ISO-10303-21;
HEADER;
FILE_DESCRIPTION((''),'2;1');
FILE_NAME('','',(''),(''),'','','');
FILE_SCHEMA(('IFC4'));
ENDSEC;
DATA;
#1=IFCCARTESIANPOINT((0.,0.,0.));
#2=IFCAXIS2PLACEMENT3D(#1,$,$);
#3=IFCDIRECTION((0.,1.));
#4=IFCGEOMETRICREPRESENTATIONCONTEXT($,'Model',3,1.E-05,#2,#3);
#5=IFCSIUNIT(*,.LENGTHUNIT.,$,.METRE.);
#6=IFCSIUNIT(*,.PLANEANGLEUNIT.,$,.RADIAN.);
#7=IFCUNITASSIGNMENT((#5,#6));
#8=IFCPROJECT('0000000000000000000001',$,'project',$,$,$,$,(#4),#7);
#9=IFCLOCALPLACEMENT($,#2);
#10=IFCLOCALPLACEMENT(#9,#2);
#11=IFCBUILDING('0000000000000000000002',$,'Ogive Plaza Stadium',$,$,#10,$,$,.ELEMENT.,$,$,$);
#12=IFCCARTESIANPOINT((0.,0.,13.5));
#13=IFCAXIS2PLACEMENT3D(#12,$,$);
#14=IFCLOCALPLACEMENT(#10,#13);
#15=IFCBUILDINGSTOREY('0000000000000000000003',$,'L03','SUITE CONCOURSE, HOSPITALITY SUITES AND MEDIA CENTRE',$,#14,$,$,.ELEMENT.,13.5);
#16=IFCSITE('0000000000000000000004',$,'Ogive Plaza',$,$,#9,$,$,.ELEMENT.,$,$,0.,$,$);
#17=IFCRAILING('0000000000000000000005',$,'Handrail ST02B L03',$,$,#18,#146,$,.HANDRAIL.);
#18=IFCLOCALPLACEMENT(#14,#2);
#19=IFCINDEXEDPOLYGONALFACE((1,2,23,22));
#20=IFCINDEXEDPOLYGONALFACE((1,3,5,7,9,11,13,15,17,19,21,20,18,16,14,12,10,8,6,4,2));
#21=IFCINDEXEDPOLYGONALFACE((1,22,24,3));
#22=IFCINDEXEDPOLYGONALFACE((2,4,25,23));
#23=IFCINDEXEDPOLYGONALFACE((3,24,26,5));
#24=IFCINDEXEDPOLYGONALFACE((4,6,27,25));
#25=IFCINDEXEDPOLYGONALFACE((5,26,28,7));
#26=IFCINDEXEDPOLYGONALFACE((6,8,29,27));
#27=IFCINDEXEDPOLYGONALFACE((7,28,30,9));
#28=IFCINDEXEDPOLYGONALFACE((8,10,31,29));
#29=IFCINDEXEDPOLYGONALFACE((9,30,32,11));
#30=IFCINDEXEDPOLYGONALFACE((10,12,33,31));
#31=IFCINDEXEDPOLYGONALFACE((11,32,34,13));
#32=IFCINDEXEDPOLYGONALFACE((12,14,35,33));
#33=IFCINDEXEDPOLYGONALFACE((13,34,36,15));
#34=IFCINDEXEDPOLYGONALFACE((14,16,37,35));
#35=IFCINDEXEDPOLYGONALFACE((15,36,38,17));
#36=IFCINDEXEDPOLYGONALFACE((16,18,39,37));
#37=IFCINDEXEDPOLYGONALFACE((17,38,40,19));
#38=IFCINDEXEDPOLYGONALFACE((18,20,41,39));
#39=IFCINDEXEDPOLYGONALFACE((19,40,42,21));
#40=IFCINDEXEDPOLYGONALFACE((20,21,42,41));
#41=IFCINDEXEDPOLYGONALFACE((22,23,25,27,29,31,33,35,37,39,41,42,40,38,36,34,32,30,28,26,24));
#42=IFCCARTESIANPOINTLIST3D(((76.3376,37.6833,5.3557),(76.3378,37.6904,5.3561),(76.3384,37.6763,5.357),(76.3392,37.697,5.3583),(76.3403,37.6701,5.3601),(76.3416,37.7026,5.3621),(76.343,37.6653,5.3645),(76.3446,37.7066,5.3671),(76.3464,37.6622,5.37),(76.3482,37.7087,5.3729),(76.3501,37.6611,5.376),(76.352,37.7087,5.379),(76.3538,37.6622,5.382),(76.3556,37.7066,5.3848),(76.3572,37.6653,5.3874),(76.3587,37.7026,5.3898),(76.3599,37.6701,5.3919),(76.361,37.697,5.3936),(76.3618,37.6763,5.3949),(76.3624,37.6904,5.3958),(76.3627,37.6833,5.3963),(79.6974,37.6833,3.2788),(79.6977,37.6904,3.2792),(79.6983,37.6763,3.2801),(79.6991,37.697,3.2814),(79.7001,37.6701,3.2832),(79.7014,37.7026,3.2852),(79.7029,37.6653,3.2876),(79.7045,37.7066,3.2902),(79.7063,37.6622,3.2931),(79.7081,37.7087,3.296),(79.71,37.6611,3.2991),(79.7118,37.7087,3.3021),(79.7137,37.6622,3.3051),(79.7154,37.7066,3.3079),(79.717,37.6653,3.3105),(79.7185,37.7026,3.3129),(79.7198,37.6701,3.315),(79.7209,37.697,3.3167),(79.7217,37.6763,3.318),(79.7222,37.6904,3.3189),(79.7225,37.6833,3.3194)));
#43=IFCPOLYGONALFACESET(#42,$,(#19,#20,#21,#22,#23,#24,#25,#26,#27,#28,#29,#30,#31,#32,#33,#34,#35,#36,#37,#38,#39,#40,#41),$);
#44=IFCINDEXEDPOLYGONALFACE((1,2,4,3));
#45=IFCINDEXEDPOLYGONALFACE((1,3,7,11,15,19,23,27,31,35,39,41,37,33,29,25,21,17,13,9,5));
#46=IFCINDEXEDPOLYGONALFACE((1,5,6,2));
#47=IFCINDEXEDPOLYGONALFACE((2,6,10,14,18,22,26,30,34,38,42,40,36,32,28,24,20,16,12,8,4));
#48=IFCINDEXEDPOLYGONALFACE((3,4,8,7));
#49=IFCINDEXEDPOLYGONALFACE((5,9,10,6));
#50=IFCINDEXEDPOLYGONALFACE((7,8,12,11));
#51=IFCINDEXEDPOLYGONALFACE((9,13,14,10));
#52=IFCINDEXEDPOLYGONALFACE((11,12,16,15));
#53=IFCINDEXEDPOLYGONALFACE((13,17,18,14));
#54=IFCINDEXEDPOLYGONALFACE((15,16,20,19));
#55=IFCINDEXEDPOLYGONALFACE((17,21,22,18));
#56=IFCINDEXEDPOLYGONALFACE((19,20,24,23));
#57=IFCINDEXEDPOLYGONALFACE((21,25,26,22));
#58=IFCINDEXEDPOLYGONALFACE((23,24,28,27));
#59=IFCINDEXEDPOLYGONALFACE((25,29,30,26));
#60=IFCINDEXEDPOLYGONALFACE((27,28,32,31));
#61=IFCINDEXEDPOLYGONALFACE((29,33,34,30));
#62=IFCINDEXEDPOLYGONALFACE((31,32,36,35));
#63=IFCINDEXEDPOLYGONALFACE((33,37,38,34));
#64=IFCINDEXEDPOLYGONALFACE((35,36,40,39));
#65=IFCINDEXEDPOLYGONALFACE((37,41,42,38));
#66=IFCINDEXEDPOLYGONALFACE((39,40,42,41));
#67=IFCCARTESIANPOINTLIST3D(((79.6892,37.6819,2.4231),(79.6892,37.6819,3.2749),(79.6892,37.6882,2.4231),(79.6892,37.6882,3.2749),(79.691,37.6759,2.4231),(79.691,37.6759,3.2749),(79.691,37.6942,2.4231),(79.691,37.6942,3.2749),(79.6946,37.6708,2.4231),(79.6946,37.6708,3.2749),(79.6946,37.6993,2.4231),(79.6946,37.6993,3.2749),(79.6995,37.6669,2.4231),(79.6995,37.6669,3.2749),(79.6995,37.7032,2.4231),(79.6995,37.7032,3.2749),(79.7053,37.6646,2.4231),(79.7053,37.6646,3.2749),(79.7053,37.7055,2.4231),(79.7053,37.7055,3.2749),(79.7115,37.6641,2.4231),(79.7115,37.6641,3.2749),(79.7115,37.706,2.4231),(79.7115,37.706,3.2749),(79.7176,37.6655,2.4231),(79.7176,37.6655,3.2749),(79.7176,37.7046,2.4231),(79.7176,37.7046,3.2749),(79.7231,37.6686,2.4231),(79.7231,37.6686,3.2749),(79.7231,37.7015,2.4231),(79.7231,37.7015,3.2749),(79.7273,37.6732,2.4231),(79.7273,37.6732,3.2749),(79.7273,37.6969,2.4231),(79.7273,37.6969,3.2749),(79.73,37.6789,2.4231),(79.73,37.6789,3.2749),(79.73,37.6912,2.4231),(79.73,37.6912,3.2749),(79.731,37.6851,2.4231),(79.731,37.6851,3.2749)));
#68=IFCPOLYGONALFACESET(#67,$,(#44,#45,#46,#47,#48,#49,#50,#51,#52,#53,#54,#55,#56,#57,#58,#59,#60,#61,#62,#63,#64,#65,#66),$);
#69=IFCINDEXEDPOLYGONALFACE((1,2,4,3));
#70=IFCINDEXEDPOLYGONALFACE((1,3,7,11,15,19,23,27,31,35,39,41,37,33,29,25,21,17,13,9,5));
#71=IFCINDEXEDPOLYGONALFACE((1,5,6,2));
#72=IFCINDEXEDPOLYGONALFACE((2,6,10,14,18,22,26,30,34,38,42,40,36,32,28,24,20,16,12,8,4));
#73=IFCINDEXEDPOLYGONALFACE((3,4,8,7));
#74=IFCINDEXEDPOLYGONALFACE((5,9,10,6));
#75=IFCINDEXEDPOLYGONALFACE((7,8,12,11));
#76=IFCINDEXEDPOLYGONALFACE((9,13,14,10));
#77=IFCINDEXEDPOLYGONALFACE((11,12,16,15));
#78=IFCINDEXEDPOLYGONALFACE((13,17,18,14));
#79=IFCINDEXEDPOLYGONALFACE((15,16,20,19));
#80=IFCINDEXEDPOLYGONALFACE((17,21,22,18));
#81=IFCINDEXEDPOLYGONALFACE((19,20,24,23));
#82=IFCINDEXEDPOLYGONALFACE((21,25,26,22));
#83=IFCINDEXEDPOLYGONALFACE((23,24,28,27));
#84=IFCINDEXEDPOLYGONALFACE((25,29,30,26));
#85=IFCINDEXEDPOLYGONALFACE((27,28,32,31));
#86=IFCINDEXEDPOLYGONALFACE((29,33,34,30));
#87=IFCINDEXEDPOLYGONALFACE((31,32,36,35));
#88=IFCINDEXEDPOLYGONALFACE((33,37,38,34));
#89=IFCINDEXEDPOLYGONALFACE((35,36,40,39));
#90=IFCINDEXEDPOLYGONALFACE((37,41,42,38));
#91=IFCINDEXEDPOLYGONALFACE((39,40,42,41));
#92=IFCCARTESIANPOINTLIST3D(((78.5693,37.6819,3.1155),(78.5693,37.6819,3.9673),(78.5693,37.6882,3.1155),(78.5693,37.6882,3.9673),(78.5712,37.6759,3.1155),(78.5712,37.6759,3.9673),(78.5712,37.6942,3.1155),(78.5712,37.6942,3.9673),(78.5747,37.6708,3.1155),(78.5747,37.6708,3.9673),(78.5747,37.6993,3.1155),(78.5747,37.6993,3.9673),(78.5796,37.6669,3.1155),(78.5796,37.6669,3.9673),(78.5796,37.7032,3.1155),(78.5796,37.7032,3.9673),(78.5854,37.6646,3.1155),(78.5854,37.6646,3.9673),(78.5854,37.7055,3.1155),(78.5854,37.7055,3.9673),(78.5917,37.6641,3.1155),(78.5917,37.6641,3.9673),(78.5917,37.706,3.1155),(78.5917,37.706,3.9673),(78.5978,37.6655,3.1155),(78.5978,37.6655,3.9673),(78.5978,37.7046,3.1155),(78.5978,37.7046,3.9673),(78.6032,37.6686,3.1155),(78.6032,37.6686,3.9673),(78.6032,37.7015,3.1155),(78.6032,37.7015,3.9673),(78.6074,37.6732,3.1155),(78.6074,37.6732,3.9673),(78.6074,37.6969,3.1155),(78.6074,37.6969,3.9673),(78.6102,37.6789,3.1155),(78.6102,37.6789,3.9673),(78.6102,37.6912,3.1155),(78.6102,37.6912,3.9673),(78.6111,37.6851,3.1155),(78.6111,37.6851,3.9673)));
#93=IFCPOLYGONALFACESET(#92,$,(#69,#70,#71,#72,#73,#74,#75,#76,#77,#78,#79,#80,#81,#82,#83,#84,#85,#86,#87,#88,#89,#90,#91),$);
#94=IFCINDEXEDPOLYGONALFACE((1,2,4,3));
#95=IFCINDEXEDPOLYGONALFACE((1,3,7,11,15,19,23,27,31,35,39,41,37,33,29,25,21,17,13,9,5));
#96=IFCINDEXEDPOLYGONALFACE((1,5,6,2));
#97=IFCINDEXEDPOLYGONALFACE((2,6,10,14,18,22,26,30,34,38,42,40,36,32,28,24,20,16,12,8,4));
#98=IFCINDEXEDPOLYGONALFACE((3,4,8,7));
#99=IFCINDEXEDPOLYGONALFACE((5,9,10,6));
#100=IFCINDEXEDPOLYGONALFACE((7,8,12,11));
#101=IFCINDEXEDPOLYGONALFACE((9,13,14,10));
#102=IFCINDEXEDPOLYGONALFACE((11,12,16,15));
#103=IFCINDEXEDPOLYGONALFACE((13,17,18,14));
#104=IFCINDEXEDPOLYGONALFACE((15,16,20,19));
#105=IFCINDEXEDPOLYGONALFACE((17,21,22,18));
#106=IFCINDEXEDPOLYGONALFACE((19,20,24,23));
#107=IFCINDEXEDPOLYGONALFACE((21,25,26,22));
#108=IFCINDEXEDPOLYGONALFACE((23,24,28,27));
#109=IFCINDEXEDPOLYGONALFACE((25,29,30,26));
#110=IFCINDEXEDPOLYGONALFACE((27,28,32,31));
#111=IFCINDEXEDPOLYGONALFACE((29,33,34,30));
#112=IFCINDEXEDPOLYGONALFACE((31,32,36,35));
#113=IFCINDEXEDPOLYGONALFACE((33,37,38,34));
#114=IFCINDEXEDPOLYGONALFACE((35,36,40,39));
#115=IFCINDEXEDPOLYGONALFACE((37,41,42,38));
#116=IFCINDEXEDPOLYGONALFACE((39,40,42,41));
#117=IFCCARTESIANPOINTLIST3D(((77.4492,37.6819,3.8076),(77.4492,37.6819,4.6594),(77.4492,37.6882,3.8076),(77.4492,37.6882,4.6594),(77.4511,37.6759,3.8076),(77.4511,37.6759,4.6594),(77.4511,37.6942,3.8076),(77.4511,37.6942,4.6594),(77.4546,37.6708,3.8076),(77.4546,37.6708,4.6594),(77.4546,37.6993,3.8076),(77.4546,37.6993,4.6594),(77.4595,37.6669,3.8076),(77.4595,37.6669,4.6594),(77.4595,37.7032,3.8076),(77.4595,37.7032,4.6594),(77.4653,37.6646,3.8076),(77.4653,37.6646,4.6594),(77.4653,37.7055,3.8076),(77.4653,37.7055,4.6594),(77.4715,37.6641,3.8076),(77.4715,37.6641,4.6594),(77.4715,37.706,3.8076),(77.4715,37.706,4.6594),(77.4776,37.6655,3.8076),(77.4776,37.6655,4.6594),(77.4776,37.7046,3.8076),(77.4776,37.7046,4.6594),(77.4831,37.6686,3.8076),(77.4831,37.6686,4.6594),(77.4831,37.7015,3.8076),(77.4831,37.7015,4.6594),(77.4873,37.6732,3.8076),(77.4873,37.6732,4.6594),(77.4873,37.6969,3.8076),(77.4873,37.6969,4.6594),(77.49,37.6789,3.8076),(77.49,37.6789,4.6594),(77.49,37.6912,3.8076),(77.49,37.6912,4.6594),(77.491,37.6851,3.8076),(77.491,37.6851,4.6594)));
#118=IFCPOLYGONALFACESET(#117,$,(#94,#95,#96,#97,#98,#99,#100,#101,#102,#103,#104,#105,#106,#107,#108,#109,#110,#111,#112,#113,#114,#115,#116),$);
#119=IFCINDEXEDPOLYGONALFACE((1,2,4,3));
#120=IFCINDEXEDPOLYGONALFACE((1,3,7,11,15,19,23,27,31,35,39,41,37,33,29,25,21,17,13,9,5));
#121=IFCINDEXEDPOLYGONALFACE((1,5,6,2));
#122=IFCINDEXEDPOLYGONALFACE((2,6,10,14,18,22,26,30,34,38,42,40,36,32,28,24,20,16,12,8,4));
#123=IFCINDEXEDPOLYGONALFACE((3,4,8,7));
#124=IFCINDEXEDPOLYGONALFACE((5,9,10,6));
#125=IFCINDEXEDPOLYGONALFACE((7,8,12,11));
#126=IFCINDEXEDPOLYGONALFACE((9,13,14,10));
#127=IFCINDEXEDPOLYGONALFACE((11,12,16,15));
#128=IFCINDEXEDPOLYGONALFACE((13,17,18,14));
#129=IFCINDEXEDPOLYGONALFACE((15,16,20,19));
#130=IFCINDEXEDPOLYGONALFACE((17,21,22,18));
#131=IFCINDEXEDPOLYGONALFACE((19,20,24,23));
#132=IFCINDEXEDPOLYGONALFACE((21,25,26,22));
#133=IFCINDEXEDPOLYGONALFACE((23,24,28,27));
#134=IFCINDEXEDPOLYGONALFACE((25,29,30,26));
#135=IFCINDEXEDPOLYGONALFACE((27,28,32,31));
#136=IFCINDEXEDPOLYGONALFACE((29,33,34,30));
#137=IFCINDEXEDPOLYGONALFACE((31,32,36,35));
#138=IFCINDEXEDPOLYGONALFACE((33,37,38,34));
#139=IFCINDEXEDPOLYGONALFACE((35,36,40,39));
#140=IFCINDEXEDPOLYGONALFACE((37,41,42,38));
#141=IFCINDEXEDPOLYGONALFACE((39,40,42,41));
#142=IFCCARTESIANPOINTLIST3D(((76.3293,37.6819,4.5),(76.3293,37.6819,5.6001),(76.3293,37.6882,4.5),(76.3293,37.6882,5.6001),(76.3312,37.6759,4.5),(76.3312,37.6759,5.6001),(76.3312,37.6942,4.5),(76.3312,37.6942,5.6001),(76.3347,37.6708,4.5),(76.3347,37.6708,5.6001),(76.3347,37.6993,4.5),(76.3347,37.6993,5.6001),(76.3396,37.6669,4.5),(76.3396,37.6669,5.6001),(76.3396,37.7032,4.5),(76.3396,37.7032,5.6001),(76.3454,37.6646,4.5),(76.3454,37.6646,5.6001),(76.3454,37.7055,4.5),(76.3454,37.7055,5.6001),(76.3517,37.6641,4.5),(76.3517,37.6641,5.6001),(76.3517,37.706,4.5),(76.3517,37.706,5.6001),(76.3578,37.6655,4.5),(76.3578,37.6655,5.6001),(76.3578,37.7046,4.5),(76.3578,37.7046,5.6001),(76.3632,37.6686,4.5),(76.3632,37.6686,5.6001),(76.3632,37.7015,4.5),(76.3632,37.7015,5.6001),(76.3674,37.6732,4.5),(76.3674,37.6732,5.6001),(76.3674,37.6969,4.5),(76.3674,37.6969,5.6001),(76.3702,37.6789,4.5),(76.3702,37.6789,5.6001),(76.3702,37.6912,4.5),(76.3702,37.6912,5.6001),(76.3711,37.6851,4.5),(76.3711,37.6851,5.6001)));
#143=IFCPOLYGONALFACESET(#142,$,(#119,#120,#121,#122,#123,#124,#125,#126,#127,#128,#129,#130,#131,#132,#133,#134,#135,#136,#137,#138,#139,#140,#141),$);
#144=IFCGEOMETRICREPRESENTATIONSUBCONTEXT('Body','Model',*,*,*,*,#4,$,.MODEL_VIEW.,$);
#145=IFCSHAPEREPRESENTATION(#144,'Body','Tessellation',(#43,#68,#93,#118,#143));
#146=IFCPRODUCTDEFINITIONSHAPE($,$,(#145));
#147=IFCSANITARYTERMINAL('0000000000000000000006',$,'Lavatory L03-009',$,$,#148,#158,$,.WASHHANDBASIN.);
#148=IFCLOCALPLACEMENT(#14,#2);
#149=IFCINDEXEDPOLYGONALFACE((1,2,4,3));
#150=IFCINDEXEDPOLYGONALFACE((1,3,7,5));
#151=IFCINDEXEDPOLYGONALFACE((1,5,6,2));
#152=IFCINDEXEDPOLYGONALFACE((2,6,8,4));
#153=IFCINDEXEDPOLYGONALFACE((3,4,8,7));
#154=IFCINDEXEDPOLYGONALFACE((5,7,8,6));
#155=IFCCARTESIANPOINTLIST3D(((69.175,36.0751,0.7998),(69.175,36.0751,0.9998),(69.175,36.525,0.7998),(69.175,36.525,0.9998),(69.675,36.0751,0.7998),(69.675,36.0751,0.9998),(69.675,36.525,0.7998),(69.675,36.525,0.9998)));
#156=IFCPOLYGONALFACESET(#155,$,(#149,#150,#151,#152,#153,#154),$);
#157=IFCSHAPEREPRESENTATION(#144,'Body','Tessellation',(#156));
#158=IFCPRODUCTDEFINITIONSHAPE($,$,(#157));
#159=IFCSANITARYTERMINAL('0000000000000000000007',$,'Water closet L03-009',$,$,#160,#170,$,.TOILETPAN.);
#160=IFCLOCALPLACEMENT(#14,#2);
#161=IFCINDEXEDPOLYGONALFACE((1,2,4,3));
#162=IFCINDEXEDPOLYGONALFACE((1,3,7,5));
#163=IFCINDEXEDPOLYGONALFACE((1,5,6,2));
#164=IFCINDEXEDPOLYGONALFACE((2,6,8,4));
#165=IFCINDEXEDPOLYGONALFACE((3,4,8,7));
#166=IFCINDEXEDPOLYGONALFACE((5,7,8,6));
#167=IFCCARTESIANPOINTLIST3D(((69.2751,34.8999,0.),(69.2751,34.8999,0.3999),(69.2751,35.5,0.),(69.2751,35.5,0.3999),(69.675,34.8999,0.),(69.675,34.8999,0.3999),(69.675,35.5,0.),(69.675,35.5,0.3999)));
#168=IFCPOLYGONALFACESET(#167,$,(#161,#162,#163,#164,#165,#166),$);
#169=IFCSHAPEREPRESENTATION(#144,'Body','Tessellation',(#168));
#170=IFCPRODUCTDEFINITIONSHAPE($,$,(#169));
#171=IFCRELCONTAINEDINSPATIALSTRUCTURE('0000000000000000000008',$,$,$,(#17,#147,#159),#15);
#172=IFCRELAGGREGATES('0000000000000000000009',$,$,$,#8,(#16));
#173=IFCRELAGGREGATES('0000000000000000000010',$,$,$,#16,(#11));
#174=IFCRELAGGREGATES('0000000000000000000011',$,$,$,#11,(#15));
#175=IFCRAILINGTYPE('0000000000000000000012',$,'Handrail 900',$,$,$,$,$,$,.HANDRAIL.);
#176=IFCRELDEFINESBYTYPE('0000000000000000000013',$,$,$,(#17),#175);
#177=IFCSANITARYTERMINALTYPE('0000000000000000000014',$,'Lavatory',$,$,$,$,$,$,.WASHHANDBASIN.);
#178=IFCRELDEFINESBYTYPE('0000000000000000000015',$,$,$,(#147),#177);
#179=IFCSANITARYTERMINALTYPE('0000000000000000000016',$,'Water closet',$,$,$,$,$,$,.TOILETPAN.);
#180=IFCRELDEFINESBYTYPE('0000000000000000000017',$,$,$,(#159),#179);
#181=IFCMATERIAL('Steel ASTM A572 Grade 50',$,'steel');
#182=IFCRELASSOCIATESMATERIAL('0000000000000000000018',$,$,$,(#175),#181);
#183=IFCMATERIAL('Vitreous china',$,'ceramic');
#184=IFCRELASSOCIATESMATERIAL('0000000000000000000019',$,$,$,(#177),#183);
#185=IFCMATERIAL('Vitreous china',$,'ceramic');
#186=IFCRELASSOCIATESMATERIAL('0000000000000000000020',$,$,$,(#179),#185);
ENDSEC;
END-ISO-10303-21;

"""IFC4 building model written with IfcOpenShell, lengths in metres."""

from ifc_helpers import new_model, si_unit, direction, frame, origin, origin_2d, place, context, subcontext, project, spatial, rectangle, circle, extrude, material, type_object, element, save


model = new_model("IFC4")

# Units and contexts
model_context = context("Model", 3, precision=1e-05, world=origin(), true_north=direction((0.0, 1.0)))
body_context = subcontext(model_context, "Body", "Model", "MODEL_VIEW")
ifc_project = project(units=[si_unit("LENGTHUNIT", "METRE"), si_unit("PLANEANGLEUNIT", "RADIAN")], contexts=[model_context])

# Site, building, storey
site_placement = place(None, origin())
site = spatial("IfcSite", under=ifc_project, at=site_placement, Name="Ogive Plaza", CompositionType="ELEMENT", RefElevation=0.0)
building_placement = place(site_placement, origin())
building = spatial("IfcBuilding", under=site, at=building_placement, Name="Ogive Plaza Stadium", CompositionType="ELEMENT")
storey_placement = place(building_placement, frame((0.0, 0.0, 13.5)))
storey = spatial("IfcBuildingStorey", under=building, at=storey_placement, Name="L03", Description="SUITE CONCOURSE, HOSPITALITY SUITES AND MEDIA CENTRE", CompositionType="ELEMENT", Elevation=13.5)

# Railing
ifc_material_1 = material(Name="Steel ASTM A572 Grade 50", Category="steel")
railing_type_1 = type_object("IfcRailingType", Name="Handrail 900", PredefinedType="HANDRAIL", material=ifc_material_1)
for number, where, name in (
    (1, (79.71, 37.6851, 2.4231), "Handrail ST02B L03"),
):
    element("IfcRailing", number, at=place(storey_placement, frame(where)), inside=storey, type_object=railing_type_1, Name=name, PredefinedType="HANDRAIL", context=body_context, shape_type="SweptSolid", body=[
        extrude(circle(Radius=0.0239, at=origin_2d()), frame((0.0, 0.0, 0.876), z_axis=(-0.850606, 0.0, 0.525803), x_axis=(0.0, -1.0, 0.0)), (0.0, 0.0, 1.0), 3.95),
        extrude(circle(Radius=0.021, at=origin_2d()), origin(), (0.0, 0.0, 1.0), 0.8518),
        extrude(circle(Radius=0.021, at=origin_2d()), frame((-1.1199, 0.0, 0.6924)), (0.0, 0.0, 1.0), 0.8518),
        extrude(circle(Radius=0.021, at=origin_2d()), frame((-2.24, 0.0, 1.3845)), (0.0, 0.0, 1.0), 0.8518),
        extrude(circle(Radius=0.021, at=origin_2d()), frame((-3.3599, 0.0, 2.0769)), (0.0, 0.0, 1.0), 1.1001),
    ])

# Sanitary terminals
ifc_material_2 = material(Name="Vitreous china", Category="ceramic")
sanitary_terminal_type_1 = type_object("IfcSanitaryTerminalType", Name="Lavatory", PredefinedType="WASHHANDBASIN", material=ifc_material_2)
sanitary_terminal_1_placement = place(storey_placement, frame((69.425, 36.3, 0.7998), z_axis=(0.0, 0.0, 1.0), x_axis=(-1.0, 0.0, 0.0)))
element("IfcSanitaryTerminal", 2, at=sanitary_terminal_1_placement, inside=storey, type_object=sanitary_terminal_type_1, Name="Lavatory L03-009", PredefinedType="WASHHANDBASIN", context=body_context, shape_type="SweptSolid", body=[
    extrude(rectangle(XDim=0.5, YDim=0.45, at=origin_2d()), origin(), (0.0, 0.0, 1.0), 0.2),
])
ifc_material_3 = material(Name="Vitreous china", Category="ceramic")
sanitary_terminal_type_2 = type_object("IfcSanitaryTerminalType", Name="Water closet", PredefinedType="TOILETPAN", material=ifc_material_3)
sanitary_terminal_2_placement = place(storey_placement, frame((69.4751, 35.2, 0.0), z_axis=(0.0, 0.0, 1.0), x_axis=(-1.0, 0.0, 0.0)))
element("IfcSanitaryTerminal", 3, at=sanitary_terminal_2_placement, inside=storey, type_object=sanitary_terminal_type_2, Name="Water closet L03-009", PredefinedType="TOILETPAN", context=body_context, shape_type="SweptSolid", body=[
    extrude(rectangle(XDim=0.3999, YDim=0.6001, at=origin_2d()), origin(), (0.0, 0.0, 1.0), 0.3999),
])

save(model, "model.ifc")
